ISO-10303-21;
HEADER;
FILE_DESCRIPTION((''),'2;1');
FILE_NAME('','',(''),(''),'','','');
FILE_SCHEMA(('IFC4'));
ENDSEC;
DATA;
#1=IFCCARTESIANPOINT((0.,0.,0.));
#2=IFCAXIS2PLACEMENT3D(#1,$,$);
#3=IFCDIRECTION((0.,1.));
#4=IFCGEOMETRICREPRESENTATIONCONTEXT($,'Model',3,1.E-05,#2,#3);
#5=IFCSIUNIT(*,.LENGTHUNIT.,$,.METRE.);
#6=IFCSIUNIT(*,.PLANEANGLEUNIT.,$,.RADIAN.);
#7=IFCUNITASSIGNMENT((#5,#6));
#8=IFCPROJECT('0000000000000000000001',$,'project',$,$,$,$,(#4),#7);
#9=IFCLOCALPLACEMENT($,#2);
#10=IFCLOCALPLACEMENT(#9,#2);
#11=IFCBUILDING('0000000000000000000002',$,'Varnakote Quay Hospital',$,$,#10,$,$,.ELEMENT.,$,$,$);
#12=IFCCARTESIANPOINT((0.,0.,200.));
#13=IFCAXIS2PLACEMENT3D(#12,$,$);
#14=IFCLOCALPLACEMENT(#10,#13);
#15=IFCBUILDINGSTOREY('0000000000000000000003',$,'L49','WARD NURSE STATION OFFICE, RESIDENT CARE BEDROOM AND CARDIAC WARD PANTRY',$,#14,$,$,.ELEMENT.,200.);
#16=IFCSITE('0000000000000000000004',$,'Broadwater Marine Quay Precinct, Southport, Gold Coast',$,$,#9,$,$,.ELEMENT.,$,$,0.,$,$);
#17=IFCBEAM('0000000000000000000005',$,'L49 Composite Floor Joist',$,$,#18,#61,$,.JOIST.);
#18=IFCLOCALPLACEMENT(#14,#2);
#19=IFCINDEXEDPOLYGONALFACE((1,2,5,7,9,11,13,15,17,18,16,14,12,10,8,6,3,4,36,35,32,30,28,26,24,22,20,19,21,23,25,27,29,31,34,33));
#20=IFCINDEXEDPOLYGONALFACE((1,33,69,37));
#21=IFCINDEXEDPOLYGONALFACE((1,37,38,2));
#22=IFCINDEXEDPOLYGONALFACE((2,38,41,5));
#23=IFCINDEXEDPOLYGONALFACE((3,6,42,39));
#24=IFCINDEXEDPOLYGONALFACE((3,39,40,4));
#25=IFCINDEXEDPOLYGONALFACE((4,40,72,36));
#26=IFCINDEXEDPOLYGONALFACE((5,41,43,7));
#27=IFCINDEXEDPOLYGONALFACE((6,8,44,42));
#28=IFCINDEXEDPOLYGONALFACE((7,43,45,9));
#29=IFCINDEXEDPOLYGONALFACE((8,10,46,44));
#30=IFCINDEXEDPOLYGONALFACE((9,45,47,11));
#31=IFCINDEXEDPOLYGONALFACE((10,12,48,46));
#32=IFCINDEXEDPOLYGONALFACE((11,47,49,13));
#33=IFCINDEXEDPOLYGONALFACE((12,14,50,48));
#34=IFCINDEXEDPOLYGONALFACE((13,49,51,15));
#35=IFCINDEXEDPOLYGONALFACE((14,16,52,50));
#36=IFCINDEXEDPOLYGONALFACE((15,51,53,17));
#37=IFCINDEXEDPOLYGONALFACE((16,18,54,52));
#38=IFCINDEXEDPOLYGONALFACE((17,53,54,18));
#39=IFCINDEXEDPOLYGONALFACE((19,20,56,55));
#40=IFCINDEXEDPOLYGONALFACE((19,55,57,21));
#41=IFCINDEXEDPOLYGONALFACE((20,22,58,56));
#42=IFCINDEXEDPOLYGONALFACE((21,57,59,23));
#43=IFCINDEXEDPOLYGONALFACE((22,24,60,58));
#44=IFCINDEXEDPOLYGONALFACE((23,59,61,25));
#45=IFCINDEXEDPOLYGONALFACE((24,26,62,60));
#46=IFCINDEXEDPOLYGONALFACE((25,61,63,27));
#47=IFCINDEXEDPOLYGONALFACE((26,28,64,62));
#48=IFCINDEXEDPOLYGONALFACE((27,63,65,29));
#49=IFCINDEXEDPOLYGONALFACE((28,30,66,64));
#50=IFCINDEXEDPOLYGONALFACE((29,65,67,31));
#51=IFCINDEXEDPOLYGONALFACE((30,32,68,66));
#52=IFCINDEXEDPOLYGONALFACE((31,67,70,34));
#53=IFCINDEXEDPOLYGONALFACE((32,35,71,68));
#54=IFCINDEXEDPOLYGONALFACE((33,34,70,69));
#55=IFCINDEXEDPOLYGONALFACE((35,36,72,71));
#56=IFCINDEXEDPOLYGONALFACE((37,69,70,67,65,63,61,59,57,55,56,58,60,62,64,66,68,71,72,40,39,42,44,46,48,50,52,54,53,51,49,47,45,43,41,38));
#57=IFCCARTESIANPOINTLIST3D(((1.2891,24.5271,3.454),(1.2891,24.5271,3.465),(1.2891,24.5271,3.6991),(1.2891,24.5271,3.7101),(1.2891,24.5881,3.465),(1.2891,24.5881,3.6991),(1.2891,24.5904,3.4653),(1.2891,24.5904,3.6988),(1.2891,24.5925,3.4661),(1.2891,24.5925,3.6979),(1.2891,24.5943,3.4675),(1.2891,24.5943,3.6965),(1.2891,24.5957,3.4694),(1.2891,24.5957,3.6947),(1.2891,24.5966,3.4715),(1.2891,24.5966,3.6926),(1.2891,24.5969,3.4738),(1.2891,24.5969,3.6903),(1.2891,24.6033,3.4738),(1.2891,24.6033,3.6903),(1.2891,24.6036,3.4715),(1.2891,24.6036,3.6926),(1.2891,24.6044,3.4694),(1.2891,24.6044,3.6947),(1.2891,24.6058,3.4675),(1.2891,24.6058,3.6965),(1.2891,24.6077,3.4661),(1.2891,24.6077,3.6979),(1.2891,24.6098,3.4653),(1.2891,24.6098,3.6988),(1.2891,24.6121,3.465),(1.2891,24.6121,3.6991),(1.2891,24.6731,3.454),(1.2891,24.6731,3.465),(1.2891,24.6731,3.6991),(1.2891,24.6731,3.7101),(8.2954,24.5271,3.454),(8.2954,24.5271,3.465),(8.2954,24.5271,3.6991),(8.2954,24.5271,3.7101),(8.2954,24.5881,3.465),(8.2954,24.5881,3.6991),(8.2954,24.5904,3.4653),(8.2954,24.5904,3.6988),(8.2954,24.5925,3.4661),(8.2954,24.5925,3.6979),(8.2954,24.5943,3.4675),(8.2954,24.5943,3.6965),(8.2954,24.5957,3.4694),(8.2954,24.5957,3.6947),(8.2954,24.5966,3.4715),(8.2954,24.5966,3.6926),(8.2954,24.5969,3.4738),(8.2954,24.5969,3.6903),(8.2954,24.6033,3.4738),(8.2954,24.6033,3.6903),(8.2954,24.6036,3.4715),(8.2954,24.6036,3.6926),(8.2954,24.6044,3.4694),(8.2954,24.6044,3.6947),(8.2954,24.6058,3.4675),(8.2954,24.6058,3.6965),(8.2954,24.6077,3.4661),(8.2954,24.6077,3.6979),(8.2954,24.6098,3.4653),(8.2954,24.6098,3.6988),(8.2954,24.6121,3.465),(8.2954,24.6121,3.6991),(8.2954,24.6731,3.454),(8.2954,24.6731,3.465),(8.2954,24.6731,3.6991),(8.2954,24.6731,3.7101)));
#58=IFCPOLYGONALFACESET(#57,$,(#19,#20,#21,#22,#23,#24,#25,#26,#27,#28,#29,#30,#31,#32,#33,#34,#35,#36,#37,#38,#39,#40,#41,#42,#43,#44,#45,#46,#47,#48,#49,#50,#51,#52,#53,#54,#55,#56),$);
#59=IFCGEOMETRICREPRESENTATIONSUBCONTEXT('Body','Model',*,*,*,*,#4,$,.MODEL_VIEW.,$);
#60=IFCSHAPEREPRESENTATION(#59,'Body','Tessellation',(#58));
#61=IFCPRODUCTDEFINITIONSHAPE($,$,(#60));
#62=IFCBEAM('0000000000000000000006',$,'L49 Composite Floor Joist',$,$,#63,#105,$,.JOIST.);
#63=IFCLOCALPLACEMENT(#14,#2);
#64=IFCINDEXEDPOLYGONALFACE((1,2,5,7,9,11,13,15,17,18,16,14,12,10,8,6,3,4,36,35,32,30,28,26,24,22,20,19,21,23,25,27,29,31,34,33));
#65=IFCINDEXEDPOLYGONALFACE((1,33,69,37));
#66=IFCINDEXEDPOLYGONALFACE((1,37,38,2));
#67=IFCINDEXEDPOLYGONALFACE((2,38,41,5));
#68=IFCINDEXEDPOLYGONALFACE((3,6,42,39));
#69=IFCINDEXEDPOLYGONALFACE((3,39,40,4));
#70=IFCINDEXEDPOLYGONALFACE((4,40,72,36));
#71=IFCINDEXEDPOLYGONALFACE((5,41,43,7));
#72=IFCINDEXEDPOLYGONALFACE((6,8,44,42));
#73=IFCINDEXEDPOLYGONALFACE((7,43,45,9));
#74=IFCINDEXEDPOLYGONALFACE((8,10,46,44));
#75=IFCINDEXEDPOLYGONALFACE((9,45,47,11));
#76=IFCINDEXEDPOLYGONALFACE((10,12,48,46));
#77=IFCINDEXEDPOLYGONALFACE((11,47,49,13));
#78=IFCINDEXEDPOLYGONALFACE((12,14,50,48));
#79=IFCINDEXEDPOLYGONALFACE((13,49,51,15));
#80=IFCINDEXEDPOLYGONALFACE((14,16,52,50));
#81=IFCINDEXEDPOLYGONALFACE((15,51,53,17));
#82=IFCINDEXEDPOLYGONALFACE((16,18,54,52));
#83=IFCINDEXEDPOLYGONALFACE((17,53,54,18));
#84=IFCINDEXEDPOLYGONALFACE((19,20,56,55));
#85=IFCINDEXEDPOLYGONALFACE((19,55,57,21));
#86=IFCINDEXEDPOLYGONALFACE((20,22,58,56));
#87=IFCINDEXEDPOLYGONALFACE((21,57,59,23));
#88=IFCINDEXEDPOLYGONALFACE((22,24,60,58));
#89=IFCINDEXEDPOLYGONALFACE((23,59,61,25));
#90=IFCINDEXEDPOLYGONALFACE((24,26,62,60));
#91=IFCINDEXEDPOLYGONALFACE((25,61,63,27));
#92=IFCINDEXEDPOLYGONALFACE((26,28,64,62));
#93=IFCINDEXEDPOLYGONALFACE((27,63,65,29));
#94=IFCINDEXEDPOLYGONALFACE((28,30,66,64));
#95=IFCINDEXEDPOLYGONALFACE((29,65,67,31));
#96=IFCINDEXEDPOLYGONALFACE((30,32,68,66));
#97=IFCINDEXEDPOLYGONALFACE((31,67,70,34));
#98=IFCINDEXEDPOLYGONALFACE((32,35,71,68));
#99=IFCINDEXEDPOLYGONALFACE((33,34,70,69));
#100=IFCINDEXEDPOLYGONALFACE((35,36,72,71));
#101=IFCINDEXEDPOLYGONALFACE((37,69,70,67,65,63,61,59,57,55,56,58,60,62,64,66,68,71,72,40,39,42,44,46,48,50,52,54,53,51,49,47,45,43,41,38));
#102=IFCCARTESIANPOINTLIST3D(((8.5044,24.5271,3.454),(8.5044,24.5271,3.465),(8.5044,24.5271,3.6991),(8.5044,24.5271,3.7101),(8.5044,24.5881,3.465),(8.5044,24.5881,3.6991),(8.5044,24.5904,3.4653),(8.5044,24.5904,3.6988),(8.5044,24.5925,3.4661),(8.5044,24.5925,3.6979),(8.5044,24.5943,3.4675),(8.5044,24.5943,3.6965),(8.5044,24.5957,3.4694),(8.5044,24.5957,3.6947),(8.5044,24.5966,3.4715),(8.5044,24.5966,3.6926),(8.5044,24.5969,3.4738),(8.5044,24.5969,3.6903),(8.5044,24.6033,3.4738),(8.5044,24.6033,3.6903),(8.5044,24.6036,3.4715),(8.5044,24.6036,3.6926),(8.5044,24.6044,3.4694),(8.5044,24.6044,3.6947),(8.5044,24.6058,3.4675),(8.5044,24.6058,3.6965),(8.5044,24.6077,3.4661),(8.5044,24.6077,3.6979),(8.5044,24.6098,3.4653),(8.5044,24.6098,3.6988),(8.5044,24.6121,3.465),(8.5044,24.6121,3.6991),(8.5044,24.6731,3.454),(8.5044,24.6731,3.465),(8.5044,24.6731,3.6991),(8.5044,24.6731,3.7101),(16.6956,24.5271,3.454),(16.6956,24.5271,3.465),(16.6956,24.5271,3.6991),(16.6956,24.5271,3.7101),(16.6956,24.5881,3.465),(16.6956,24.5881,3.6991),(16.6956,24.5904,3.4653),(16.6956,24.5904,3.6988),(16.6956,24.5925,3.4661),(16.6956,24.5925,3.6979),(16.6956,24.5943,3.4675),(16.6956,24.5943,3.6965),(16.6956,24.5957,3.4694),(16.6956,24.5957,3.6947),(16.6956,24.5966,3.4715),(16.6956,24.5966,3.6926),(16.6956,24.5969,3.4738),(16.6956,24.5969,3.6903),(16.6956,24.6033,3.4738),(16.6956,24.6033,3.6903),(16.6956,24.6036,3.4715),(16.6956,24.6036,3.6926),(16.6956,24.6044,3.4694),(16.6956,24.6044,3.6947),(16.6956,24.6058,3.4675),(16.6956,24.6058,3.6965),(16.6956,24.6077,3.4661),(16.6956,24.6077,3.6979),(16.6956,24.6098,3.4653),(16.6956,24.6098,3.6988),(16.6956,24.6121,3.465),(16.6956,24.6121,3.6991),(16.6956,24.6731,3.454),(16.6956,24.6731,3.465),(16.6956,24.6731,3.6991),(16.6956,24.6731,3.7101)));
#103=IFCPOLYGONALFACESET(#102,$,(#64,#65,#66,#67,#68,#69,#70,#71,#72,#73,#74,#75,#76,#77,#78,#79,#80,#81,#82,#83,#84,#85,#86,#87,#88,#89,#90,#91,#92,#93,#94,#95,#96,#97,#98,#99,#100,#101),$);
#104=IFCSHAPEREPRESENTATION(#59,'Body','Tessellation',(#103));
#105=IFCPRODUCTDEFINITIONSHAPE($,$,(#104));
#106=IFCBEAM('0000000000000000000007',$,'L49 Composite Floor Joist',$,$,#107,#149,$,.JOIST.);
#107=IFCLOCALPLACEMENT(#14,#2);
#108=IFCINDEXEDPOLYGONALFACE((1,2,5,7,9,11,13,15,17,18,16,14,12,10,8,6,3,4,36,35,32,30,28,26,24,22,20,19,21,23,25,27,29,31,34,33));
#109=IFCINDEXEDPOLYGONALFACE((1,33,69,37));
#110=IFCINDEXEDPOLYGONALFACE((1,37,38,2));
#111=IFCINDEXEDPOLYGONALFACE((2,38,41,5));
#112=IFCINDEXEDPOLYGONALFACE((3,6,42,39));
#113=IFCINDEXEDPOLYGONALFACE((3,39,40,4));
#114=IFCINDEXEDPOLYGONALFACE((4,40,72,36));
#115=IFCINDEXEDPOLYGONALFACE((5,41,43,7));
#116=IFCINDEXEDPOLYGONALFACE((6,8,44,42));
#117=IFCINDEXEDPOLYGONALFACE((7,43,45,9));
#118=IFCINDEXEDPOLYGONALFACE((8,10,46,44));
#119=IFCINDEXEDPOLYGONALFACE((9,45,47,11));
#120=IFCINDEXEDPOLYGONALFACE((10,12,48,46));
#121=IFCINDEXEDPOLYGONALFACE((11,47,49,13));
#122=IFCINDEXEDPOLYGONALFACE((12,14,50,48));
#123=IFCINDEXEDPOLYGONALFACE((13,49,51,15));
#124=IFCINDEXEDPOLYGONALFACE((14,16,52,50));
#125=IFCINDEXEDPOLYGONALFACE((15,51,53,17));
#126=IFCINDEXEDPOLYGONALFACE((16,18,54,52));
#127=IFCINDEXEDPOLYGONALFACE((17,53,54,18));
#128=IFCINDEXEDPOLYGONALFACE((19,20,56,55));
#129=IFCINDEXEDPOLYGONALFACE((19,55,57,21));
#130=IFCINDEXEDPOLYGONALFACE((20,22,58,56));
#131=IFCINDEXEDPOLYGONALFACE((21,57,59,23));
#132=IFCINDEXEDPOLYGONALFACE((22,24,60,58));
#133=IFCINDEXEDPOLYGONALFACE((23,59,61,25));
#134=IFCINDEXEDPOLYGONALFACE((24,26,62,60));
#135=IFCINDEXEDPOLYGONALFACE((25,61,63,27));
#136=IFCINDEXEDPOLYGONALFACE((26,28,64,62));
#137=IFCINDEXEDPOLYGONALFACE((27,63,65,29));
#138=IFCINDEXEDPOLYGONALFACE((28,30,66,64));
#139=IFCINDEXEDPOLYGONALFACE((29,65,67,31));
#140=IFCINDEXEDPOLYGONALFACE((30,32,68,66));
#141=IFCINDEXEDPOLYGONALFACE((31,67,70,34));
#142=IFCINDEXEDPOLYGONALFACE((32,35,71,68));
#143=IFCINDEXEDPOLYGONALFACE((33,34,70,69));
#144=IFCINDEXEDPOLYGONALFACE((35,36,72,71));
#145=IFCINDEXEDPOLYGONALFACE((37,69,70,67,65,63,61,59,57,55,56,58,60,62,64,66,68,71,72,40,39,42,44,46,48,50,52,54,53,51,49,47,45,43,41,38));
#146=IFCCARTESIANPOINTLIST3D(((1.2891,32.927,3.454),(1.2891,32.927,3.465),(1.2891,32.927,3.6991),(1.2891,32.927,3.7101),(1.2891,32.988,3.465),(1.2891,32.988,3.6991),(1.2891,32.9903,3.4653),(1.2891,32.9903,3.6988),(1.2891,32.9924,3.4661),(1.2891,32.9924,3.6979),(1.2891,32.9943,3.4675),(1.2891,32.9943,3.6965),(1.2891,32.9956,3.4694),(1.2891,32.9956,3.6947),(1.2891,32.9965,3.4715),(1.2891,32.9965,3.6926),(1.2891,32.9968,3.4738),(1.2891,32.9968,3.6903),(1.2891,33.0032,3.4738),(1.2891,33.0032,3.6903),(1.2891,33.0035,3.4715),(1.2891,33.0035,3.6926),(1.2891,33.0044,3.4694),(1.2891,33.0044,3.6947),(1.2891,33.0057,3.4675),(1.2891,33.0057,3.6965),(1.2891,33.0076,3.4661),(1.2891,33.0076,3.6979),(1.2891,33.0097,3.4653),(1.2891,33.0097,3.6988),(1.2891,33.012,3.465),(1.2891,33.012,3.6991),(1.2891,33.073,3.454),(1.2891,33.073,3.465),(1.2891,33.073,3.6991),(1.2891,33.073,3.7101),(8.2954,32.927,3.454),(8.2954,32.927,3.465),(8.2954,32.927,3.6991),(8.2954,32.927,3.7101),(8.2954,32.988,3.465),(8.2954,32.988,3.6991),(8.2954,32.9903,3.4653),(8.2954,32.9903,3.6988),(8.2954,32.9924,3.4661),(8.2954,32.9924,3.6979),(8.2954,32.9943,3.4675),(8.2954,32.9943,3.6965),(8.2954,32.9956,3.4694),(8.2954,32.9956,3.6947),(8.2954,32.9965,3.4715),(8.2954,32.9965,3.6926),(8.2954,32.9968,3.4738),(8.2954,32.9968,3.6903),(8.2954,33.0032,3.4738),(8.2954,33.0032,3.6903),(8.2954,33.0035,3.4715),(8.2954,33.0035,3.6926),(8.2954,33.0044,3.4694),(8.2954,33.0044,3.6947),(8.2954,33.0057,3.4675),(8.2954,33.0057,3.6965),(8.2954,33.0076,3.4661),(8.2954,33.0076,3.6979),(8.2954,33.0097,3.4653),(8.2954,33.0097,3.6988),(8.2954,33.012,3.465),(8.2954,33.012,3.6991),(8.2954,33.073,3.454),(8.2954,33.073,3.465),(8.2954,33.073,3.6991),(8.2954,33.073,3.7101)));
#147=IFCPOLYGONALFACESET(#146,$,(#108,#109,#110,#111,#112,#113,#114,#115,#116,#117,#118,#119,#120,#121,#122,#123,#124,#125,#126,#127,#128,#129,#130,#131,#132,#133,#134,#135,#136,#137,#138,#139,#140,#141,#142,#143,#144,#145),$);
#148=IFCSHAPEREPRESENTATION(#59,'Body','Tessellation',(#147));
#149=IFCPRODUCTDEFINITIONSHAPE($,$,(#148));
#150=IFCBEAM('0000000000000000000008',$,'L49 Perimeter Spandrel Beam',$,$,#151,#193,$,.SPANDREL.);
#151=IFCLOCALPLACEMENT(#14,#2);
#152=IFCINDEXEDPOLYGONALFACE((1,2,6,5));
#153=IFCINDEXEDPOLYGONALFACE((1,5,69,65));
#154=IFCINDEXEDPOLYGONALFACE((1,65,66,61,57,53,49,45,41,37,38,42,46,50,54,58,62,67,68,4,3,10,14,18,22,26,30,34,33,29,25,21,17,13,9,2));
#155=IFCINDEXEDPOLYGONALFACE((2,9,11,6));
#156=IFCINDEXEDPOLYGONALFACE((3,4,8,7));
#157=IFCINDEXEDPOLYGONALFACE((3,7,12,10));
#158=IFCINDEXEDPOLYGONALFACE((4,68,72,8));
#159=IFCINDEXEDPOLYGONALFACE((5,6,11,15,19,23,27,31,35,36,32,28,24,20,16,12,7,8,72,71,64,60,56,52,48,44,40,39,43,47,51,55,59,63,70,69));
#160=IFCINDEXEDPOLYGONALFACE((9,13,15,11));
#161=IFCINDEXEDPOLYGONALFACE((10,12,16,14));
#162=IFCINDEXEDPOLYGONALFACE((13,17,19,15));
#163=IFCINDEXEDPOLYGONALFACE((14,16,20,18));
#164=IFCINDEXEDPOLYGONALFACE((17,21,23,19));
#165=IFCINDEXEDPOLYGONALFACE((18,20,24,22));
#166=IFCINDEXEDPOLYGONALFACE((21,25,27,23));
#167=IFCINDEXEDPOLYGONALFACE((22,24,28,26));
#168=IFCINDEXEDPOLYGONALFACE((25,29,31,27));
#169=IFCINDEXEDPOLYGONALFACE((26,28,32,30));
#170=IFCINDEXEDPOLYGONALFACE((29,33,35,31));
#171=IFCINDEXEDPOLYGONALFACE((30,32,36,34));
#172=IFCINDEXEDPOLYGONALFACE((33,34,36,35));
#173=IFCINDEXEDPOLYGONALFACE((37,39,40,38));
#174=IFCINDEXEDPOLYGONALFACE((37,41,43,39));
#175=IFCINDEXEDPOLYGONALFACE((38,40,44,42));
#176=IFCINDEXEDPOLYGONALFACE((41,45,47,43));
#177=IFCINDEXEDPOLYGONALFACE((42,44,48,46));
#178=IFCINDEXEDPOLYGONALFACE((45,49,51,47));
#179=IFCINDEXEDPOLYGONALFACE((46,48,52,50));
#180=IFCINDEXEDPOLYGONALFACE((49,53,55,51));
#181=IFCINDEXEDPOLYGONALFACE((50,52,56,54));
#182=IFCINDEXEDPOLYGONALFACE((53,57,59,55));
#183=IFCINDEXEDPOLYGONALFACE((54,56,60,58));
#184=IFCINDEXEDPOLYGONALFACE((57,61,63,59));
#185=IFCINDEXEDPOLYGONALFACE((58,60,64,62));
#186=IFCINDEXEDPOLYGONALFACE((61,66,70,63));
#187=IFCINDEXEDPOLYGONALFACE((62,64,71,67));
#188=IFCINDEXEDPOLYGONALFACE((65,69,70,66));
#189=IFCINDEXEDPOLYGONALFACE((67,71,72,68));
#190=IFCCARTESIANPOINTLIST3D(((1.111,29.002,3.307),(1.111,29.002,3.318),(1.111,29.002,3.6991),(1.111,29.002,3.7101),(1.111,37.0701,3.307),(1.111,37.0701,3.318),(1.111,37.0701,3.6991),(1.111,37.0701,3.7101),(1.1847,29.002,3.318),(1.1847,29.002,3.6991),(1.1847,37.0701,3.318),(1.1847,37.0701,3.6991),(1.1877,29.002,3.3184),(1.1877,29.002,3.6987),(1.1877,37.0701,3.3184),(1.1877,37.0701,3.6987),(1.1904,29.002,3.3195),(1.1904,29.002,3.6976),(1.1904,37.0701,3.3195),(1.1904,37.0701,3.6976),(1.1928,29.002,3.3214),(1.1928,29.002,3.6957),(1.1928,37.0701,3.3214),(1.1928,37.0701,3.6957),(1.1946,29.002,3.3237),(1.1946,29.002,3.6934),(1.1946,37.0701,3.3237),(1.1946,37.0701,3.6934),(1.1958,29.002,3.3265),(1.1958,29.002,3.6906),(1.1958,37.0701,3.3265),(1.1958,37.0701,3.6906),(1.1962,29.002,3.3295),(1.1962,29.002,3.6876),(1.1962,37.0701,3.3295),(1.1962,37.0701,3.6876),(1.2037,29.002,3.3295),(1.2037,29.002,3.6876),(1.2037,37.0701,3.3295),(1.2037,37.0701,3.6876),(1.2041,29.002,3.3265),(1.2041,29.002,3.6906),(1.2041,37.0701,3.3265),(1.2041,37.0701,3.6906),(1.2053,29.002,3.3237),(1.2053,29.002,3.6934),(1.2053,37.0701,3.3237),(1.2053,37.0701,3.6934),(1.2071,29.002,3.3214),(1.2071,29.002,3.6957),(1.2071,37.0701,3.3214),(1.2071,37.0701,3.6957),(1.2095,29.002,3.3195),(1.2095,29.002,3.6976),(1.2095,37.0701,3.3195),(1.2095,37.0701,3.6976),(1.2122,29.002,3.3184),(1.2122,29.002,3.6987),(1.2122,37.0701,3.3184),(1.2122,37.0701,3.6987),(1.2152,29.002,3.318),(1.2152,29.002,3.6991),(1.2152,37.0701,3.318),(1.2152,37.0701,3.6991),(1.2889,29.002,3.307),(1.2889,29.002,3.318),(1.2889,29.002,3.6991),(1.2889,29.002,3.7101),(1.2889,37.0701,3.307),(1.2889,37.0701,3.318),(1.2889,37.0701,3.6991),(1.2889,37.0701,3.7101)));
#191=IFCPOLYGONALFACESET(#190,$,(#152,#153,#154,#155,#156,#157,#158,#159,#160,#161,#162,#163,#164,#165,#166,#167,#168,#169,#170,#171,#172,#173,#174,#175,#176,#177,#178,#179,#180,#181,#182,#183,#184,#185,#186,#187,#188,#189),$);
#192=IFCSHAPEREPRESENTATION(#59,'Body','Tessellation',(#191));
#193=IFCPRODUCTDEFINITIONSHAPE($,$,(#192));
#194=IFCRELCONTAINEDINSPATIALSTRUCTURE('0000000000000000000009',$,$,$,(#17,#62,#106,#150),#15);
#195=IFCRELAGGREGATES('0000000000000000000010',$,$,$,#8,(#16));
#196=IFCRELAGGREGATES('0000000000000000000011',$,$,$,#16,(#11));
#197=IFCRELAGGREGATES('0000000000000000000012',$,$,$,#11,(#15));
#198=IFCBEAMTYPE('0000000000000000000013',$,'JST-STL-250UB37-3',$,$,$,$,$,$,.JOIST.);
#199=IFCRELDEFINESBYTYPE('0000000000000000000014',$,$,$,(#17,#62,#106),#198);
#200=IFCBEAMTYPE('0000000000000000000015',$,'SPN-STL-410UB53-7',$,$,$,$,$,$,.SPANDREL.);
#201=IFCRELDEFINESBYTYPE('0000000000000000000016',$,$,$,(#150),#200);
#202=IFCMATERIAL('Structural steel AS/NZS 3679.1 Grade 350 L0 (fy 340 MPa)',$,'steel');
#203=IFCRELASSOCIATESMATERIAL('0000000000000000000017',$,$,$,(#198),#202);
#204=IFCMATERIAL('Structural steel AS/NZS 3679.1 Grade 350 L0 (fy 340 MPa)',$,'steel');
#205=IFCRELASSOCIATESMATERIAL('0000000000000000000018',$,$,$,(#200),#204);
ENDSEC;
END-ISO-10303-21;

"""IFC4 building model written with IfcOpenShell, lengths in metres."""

from ifc_helpers import new_model, si_unit, direction, frame, origin, origin_2d, place, context, subcontext, project, spatial, i_section, extrude, material, material_profile, profile_set, type_object, element, save


model = new_model("IFC4")

# Units and contexts
model_context = context("Model", 3, precision=1e-05, world=origin(), true_north=direction((0.0, 1.0)))
body_context = subcontext(model_context, "Body", "Model", "MODEL_VIEW")
ifc_project = project(units=[si_unit("LENGTHUNIT", "METRE"), si_unit("PLANEANGLEUNIT", "RADIAN")], contexts=[model_context])

# Site, building, storey
site_placement = place(None, origin())
site = spatial("IfcSite", under=ifc_project, at=site_placement, Name="Broadwater Marine Quay Precinct, Southport, Gold Coast", CompositionType="ELEMENT", RefElevation=0.0)
building_placement = place(site_placement, origin())
building = spatial("IfcBuilding", under=site, at=building_placement, Name="Varnakote Quay Hospital", CompositionType="ELEMENT")
storey_placement = place(building_placement, frame((0.0, 0.0, 200.0)))
storey = spatial("IfcBuildingStorey", under=building, at=storey_placement, Name="L49", Description="WARD NURSE STATION OFFICE, RESIDENT CARE BEDROOM AND CARDIAC WARD PANTRY", CompositionType="ELEMENT", Elevation=200.0)

# Beams
ifc_material_1 = material(Name="Structural steel AS/NZS 3679.1 Grade 350 L0 (fy 340 MPa)", Category="steel")
ifc_material_profile_1 = material_profile(ifc_material_1, i_section(OverallWidth=0.146, OverallDepth=0.2561, WebThickness=0.0063, FlangeThickness=0.011, FilletRadius=0.0088, at=origin_2d()), Name="250UB37.3")
ifc_profile_set_1 = profile_set([ifc_material_profile_1], Name="Structural steel AS/NZS 3679.1 Grade 350 L0 (fy 340 MPa)")
beam_type_1 = type_object("IfcBeamType", Name="JST-STL-250UB37-3", PredefinedType="JOIST", material=ifc_profile_set_1)
beam_1_placement = place(storey_placement, frame((1.2891, 24.6001, 3.582), z_axis=(1.0, 0.0, 0.0), x_axis=(0.0, 1.0, 0.0)))
element("IfcBeam", 1, at=beam_1_placement, inside=storey, type_object=beam_type_1, Name="L49 Composite Floor Joist", PredefinedType="JOIST", context=body_context, shape_type="SweptSolid", body=[
    extrude(i_section(OverallWidth=0.146, OverallDepth=0.2561, WebThickness=0.0063, FlangeThickness=0.011, FilletRadius=0.0088, at=origin_2d()), origin(), (0.0, 0.0, 1.0), 7.0063),
])
beam_2_placement = place(storey_placement, frame((8.5044, 24.6001, 3.582), z_axis=(1.0, 0.0, 0.0), x_axis=(0.0, 1.0, 0.0)))
element("IfcBeam", 2, at=beam_2_placement, inside=storey, type_object=beam_type_1, Name="L49 Composite Floor Joist", PredefinedType="JOIST", context=body_context, shape_type="SweptSolid", body=[
    extrude(i_section(OverallWidth=0.146, OverallDepth=0.2561, WebThickness=0.0063, FlangeThickness=0.011, FilletRadius=0.0088, at=origin_2d()), origin(), (0.0, 0.0, 1.0), 8.1912),
])
beam_3_placement = place(storey_placement, frame((1.2891, 33.0, 3.582), z_axis=(1.0, 0.0, 0.0), x_axis=(0.0, 1.0, 0.0)))
element("IfcBeam", 3, at=beam_3_placement, inside=storey, type_object=beam_type_1, Name="L49 Composite Floor Joist", PredefinedType="JOIST", context=body_context, shape_type="SweptSolid", body=[
    extrude(i_section(OverallWidth=0.146, OverallDepth=0.2561, WebThickness=0.0063, FlangeThickness=0.011, FilletRadius=0.0088, at=origin_2d()), origin(), (0.0, 0.0, 1.0), 7.0063),
])
ifc_material_2 = material(Name="Structural steel AS/NZS 3679.1 Grade 350 L0 (fy 340 MPa)", Category="steel")
ifc_material_profile_2 = material_profile(ifc_material_2, i_section(OverallWidth=0.178, OverallDepth=0.4031, WebThickness=0.0076, FlangeThickness=0.011, FilletRadius=0.0115, at=origin_2d()), Name="410UB53.7")
ifc_profile_set_2 = profile_set([ifc_material_profile_2], Name="Structural steel AS/NZS 3679.1 Grade 350 L0 (fy 340 MPa)")
beam_type_2 = type_object("IfcBeamType", Name="SPN-STL-410UB53-7", PredefinedType="SPANDREL", material=ifc_profile_set_2)
beam_4_placement = place(storey_placement, frame((1.2, 29.002, 3.5085), z_axis=(0.0, 1.0, 0.0), x_axis=(-1.0, 0.0, 0.0)))
element("IfcBeam", 4, at=beam_4_placement, inside=storey, type_object=beam_type_2, Name="L49 Perimeter Spandrel Beam", PredefinedType="SPANDREL", context=body_context, shape_type="SweptSolid", body=[
    extrude(i_section(OverallWidth=0.178, OverallDepth=0.4031, WebThickness=0.0076, FlangeThickness=0.011, FilletRadius=0.0115, at=origin_2d()), origin(), (0.0, 0.0, 1.0), 8.0681),
])

save(model, "model.ifc")
